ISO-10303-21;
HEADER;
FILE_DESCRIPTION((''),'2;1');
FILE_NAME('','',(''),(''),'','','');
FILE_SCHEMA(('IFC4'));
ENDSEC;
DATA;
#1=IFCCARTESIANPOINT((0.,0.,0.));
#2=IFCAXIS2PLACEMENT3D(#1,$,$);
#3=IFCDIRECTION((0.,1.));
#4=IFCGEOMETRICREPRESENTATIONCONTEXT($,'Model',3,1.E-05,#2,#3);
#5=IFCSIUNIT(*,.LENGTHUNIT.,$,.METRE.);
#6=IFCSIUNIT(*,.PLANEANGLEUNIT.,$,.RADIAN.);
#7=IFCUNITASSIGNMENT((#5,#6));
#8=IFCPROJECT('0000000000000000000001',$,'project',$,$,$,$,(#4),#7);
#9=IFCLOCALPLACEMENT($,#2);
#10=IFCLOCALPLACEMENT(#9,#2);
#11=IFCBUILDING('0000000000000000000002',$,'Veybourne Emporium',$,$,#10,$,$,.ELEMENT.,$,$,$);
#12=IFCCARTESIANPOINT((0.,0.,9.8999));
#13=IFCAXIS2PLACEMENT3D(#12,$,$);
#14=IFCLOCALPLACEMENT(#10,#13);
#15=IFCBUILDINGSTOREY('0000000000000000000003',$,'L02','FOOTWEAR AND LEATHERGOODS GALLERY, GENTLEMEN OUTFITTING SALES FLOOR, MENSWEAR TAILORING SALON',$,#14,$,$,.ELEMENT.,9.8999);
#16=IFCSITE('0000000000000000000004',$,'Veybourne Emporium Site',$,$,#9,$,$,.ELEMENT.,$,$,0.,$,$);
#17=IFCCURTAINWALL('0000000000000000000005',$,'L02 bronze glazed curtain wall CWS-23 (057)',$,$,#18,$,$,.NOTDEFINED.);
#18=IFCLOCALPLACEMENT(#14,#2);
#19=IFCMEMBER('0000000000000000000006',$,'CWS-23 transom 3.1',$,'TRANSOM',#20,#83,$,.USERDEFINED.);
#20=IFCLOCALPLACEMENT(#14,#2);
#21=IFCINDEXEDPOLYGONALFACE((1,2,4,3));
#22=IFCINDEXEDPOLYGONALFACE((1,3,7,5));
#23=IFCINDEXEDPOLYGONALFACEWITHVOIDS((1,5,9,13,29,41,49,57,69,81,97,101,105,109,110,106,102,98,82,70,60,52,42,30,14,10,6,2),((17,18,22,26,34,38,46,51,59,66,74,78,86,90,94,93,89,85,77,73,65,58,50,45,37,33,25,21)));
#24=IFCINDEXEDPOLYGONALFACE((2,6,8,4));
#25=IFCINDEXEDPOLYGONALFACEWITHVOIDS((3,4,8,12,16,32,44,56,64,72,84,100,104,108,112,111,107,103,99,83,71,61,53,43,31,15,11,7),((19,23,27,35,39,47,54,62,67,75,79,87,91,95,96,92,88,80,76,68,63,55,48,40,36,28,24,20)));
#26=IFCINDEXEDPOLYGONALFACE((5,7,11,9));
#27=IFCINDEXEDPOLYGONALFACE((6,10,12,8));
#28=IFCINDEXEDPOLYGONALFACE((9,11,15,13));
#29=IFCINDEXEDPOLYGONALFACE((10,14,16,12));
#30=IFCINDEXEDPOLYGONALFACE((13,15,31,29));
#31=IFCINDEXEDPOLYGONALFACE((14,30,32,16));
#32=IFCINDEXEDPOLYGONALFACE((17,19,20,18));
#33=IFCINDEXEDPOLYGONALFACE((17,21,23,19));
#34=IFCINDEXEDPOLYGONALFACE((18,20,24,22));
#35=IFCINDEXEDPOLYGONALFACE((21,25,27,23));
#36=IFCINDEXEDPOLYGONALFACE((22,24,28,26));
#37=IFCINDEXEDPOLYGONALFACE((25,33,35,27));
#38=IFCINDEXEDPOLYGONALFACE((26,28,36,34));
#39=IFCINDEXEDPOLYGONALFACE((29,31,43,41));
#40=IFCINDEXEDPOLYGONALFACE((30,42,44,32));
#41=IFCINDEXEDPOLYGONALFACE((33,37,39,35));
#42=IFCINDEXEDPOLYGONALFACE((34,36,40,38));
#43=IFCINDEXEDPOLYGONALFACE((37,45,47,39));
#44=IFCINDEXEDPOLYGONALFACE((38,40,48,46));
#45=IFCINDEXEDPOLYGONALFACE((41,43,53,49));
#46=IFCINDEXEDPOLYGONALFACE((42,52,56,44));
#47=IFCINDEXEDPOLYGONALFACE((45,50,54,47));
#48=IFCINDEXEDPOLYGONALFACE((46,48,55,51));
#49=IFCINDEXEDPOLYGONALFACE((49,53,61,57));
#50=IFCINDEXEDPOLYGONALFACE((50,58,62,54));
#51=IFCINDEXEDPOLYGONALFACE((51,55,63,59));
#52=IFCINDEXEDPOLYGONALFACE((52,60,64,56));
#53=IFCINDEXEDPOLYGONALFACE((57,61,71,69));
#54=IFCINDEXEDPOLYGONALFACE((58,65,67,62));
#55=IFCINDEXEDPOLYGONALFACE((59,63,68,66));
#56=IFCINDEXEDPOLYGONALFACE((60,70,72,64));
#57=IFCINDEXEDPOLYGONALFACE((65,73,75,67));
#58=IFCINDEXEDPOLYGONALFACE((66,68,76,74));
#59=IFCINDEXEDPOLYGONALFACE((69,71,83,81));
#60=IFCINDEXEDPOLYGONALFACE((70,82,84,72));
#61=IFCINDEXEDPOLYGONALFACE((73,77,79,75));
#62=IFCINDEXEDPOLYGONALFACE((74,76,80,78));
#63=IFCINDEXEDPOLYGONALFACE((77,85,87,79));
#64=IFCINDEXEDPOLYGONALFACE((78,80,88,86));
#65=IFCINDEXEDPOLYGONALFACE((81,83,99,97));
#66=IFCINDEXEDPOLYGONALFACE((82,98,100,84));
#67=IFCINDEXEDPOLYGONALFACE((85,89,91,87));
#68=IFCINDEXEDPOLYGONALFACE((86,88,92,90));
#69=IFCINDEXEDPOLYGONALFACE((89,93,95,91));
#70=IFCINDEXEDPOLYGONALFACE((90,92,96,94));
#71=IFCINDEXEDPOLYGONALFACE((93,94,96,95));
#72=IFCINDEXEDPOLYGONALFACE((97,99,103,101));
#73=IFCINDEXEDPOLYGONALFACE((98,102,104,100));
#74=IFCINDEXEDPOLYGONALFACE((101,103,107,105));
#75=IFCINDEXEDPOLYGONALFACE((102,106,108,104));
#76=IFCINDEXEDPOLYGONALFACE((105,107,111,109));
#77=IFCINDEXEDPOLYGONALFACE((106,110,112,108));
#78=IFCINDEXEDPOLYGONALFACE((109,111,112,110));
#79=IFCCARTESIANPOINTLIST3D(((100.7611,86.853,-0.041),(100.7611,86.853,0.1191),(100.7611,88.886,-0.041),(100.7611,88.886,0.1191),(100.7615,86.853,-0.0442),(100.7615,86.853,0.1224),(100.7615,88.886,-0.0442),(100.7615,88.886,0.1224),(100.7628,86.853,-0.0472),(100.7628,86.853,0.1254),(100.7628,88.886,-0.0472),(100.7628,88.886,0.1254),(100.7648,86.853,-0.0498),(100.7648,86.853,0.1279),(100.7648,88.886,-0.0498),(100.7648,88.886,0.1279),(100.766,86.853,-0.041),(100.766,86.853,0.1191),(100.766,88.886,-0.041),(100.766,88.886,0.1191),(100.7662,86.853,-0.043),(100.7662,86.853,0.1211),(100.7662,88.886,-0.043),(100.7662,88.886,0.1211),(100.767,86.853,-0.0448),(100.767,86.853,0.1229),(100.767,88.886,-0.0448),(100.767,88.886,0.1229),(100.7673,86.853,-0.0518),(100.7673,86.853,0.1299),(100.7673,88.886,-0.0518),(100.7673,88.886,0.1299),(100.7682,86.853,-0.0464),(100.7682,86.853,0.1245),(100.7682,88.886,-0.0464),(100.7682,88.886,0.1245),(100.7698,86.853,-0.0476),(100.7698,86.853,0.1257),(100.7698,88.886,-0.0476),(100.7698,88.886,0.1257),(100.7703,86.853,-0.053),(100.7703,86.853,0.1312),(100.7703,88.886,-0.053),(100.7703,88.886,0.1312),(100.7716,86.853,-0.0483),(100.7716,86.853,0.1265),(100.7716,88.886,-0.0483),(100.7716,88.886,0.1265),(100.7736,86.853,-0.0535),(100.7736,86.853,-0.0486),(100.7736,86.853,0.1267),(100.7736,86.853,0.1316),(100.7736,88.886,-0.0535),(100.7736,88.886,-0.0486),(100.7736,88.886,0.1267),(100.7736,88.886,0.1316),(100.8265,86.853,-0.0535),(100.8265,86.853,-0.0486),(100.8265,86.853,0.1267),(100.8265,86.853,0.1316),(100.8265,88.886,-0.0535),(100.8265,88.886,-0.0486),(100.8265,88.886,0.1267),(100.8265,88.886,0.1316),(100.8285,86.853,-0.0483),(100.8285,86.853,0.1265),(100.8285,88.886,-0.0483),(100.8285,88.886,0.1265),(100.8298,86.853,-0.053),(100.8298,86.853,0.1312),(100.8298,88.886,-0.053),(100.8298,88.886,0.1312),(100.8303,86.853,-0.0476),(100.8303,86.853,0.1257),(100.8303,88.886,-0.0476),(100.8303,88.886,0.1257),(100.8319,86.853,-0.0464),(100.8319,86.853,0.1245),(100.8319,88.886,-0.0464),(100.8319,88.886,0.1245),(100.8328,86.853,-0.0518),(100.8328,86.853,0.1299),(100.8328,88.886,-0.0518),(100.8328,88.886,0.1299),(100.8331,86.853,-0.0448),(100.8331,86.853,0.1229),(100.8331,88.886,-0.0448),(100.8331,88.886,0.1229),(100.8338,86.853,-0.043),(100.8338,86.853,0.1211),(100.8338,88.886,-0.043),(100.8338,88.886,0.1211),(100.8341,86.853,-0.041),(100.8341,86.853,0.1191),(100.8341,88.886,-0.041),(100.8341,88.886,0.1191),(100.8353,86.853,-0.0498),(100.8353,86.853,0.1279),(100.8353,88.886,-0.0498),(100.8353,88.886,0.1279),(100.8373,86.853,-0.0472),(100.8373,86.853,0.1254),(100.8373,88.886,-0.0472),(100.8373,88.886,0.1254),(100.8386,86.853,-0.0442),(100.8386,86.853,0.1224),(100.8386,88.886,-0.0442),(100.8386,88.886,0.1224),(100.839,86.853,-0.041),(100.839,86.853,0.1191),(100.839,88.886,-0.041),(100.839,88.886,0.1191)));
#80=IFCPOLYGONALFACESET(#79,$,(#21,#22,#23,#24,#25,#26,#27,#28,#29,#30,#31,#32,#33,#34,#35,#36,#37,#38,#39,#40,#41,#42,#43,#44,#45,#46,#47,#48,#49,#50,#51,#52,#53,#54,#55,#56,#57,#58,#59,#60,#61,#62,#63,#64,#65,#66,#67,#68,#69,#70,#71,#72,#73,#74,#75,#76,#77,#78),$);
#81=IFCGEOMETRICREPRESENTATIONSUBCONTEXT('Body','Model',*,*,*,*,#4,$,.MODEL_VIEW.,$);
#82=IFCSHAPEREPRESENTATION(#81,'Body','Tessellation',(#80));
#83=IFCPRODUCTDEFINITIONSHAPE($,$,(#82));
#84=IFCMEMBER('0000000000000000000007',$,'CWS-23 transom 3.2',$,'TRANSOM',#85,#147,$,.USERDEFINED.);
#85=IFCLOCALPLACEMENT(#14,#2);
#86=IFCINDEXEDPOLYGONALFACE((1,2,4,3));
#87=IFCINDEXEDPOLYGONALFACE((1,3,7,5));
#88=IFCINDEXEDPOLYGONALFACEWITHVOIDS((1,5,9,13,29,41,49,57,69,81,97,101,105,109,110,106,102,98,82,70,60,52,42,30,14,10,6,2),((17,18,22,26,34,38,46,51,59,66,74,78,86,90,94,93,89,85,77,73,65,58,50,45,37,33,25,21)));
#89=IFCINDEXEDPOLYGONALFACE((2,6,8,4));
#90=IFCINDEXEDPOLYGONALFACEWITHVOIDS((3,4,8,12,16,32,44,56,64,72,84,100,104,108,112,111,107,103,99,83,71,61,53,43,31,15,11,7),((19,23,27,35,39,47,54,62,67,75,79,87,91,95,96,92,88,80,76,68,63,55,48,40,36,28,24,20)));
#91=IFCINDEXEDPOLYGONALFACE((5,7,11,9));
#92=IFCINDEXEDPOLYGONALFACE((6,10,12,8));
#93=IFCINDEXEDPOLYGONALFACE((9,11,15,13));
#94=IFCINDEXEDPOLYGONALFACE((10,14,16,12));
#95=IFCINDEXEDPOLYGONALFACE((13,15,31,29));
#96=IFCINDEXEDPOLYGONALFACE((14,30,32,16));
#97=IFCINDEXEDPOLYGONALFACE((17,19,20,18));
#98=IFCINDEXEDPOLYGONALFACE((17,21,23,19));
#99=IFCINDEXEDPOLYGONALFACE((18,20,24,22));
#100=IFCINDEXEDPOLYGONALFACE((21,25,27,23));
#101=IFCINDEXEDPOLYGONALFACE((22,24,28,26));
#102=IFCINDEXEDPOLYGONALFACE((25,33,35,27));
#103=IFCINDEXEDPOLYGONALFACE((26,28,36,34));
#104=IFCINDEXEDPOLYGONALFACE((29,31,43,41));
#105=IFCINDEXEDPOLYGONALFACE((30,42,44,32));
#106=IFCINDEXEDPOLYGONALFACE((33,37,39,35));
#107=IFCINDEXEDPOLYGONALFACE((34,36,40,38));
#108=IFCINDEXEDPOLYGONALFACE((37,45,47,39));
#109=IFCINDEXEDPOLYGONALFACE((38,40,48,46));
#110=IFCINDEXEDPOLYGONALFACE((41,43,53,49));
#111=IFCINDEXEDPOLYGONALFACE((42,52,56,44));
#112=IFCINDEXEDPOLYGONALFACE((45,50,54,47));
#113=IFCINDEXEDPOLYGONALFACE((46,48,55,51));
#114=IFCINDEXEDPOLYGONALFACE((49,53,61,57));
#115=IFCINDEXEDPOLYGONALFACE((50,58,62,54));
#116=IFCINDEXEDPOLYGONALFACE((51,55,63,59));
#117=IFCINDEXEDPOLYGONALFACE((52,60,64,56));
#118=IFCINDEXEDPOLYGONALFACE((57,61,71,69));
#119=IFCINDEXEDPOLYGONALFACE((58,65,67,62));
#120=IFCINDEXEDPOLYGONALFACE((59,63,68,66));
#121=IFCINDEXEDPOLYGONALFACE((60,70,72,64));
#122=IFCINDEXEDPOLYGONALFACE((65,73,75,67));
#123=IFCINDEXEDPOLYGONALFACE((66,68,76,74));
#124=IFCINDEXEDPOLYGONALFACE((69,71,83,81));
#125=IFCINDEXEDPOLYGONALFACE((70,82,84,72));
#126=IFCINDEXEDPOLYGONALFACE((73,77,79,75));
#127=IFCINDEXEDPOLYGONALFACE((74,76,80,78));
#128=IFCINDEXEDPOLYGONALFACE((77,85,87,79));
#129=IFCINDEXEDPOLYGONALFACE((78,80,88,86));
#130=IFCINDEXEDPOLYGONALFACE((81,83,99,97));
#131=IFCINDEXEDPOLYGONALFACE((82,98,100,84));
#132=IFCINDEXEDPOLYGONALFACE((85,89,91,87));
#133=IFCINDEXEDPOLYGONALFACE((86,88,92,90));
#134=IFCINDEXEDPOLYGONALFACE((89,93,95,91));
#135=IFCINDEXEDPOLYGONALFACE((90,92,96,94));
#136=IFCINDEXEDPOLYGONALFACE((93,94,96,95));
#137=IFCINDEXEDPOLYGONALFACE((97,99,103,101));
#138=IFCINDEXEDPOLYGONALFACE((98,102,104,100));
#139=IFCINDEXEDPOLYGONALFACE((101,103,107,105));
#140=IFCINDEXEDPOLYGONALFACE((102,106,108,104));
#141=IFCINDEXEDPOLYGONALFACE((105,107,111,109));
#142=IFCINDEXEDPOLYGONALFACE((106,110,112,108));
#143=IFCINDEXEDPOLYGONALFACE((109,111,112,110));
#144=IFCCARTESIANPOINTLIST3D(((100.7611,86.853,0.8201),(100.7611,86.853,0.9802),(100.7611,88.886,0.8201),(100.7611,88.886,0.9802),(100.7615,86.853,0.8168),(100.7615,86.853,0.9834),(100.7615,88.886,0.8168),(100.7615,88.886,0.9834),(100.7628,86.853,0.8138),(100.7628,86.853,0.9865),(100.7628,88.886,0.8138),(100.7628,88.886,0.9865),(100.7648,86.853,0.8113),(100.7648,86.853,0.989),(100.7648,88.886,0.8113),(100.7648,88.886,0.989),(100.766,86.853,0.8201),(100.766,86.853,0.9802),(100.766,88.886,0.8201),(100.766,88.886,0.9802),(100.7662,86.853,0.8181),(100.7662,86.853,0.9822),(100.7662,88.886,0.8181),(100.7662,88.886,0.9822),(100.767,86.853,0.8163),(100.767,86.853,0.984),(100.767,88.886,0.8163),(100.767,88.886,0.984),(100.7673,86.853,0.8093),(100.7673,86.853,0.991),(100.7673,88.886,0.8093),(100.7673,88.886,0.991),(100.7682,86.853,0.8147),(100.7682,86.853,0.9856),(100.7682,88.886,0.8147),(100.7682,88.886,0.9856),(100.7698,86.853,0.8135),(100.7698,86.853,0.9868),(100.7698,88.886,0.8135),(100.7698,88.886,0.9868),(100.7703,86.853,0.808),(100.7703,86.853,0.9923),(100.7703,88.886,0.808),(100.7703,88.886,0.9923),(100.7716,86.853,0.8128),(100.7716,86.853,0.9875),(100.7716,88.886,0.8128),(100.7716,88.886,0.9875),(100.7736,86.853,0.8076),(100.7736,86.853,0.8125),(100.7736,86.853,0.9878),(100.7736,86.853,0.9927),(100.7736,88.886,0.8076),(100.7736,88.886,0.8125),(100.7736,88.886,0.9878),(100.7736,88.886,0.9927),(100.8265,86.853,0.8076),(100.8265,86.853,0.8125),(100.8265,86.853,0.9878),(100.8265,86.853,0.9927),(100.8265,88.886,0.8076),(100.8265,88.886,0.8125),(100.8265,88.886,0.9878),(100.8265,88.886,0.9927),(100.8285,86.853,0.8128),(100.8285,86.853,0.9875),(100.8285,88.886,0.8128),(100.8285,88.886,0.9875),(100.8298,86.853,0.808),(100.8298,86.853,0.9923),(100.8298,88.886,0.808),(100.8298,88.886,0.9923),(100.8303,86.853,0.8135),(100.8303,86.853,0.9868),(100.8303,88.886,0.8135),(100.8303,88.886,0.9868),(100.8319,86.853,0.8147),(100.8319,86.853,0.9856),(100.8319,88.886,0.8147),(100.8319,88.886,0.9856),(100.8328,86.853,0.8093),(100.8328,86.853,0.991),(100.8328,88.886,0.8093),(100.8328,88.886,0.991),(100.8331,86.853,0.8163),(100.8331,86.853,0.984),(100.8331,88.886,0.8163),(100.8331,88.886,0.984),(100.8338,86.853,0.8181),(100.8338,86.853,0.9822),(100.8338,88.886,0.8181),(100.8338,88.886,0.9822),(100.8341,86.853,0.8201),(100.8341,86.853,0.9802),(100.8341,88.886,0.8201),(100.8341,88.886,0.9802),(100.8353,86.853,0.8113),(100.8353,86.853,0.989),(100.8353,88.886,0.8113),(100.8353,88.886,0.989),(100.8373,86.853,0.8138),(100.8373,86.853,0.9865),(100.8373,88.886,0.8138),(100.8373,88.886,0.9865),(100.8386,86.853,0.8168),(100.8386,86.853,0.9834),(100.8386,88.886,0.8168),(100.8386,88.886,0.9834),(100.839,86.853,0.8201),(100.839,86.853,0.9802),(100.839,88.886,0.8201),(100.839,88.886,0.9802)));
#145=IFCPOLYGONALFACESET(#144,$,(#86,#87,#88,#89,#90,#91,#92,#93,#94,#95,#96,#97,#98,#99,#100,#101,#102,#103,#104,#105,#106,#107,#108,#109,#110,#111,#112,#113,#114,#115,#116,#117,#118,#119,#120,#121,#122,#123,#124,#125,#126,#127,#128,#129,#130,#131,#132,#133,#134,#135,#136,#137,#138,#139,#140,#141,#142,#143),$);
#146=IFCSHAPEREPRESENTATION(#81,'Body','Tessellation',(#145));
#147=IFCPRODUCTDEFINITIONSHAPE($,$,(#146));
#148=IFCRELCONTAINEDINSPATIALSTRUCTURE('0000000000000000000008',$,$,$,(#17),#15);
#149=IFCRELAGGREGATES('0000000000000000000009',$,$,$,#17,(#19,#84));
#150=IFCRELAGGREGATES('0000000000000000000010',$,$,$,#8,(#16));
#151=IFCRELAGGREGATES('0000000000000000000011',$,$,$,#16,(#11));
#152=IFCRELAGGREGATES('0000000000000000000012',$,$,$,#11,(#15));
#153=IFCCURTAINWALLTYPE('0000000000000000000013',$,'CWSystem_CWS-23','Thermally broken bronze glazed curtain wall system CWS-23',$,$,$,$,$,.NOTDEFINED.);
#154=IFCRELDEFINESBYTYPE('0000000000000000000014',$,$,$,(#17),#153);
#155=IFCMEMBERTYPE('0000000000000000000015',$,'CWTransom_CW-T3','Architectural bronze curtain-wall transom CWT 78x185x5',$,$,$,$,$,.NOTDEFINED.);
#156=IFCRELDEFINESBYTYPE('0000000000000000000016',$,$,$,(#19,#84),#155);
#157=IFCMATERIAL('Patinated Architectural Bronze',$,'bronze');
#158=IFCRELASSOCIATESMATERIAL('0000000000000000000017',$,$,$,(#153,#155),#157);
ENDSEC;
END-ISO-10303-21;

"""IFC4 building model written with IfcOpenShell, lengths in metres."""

from ifc_helpers import new_model, si_unit, direction, frame, origin, origin_2d, place, context, subcontext, project, spatial, hollow_rectangle, extrude, material, material_profile, profile_set, type_object, element, aggregate, save


model = new_model("IFC4")

# Units and contexts
model_context = context("Model", 3, precision=1e-05, world=origin(), true_north=direction((0.0, 1.0)))
body_context = subcontext(model_context, "Body", "Model", "MODEL_VIEW")
ifc_project = project(units=[si_unit("LENGTHUNIT", "METRE"), si_unit("PLANEANGLEUNIT", "RADIAN")], contexts=[model_context])

# Site, building, storey
site_placement = place(None, origin())
site = spatial("IfcSite", under=ifc_project, at=site_placement, Name="Veybourne Emporium Site", CompositionType="ELEMENT", RefElevation=0.0)
building_placement = place(site_placement, origin())
building = spatial("IfcBuilding", under=site, at=building_placement, Name="Veybourne Emporium", CompositionType="ELEMENT")
storey_placement = place(building_placement, frame((0.0, 0.0, 9.8999)))
storey = spatial("IfcBuildingStorey", under=building, at=storey_placement, Name="L02", Description="FOOTWEAR AND LEATHERGOODS GALLERY, GENTLEMEN OUTFITTING SALES FLOOR, MENSWEAR TAILORING SALON", CompositionType="ELEMENT", Elevation=9.8999)

# Curtain wall, members
ifc_material_1 = material(Name="Patinated Architectural Bronze", Category="bronze")
curtain_wall_type = type_object("IfcCurtainWallType", Name="CWSystem_CWS-23", Description="Thermally broken bronze glazed curtain wall system CWS-23", PredefinedType="NOTDEFINED", material=ifc_material_1)
curtain_wall_placement = place(storey_placement, origin())
curtain_wall = element("IfcCurtainWall", 1, at=curtain_wall_placement, inside=storey, type_object=curtain_wall_type, Name="L02 bronze glazed curtain wall CWS-23 (057)", PredefinedType="NOTDEFINED")
ifc_material_profile_1 = material_profile(ifc_material_1, hollow_rectangle(XDim=0.0779, YDim=0.1851, WallThickness=0.0049, InnerFilletRadius=0.0076, OuterFilletRadius=0.0125, at=origin_2d()), Name="CWT 78x185x5")
ifc_profile_set_1 = profile_set([ifc_material_profile_1], Name="Patinated Architectural Bronze")
member_type_1 = type_object("IfcMemberType", Name="CWTransom_CW-T3", Description="Architectural bronze curtain-wall transom CWT 78x185x5", PredefinedType="NOTDEFINED", material=ifc_profile_set_1)
member_1_placement = place(storey_placement, frame((100.8, 88.886, 0.0391), z_axis=(0.0, -1.0, 0.0), x_axis=(1.0, 0.0, 0.0)))
member_1 = element("IfcMember", 2, at=member_1_placement, type_object=member_type_1, Name="CWS-23 transom 3.1", ObjectType="TRANSOM", PredefinedType="USERDEFINED", context=body_context, shape_type="SweptSolid", body=[
    extrude(hollow_rectangle(XDim=0.0779, YDim=0.1851, WallThickness=0.0049, InnerFilletRadius=0.0076, OuterFilletRadius=0.0125, at=origin_2d()), origin(), (0.0, 0.0, 1.0), 2.033),
])
member_2_placement = place(storey_placement, frame((100.8, 88.886, 0.9001), z_axis=(0.0, -1.0, 0.0), x_axis=(1.0, 0.0, 0.0)))
member_2 = element("IfcMember", 3, at=member_2_placement, type_object=member_type_1, Name="CWS-23 transom 3.2", ObjectType="TRANSOM", PredefinedType="USERDEFINED", context=body_context, shape_type="SweptSolid", body=[
    extrude(hollow_rectangle(XDim=0.0779, YDim=0.1851, WallThickness=0.0049, InnerFilletRadius=0.0076, OuterFilletRadius=0.0125, at=origin_2d()), origin(), (0.0, 0.0, 1.0), 2.033),
])
aggregate(curtain_wall, [member_1, member_2])

save(model, "model.ifc")
